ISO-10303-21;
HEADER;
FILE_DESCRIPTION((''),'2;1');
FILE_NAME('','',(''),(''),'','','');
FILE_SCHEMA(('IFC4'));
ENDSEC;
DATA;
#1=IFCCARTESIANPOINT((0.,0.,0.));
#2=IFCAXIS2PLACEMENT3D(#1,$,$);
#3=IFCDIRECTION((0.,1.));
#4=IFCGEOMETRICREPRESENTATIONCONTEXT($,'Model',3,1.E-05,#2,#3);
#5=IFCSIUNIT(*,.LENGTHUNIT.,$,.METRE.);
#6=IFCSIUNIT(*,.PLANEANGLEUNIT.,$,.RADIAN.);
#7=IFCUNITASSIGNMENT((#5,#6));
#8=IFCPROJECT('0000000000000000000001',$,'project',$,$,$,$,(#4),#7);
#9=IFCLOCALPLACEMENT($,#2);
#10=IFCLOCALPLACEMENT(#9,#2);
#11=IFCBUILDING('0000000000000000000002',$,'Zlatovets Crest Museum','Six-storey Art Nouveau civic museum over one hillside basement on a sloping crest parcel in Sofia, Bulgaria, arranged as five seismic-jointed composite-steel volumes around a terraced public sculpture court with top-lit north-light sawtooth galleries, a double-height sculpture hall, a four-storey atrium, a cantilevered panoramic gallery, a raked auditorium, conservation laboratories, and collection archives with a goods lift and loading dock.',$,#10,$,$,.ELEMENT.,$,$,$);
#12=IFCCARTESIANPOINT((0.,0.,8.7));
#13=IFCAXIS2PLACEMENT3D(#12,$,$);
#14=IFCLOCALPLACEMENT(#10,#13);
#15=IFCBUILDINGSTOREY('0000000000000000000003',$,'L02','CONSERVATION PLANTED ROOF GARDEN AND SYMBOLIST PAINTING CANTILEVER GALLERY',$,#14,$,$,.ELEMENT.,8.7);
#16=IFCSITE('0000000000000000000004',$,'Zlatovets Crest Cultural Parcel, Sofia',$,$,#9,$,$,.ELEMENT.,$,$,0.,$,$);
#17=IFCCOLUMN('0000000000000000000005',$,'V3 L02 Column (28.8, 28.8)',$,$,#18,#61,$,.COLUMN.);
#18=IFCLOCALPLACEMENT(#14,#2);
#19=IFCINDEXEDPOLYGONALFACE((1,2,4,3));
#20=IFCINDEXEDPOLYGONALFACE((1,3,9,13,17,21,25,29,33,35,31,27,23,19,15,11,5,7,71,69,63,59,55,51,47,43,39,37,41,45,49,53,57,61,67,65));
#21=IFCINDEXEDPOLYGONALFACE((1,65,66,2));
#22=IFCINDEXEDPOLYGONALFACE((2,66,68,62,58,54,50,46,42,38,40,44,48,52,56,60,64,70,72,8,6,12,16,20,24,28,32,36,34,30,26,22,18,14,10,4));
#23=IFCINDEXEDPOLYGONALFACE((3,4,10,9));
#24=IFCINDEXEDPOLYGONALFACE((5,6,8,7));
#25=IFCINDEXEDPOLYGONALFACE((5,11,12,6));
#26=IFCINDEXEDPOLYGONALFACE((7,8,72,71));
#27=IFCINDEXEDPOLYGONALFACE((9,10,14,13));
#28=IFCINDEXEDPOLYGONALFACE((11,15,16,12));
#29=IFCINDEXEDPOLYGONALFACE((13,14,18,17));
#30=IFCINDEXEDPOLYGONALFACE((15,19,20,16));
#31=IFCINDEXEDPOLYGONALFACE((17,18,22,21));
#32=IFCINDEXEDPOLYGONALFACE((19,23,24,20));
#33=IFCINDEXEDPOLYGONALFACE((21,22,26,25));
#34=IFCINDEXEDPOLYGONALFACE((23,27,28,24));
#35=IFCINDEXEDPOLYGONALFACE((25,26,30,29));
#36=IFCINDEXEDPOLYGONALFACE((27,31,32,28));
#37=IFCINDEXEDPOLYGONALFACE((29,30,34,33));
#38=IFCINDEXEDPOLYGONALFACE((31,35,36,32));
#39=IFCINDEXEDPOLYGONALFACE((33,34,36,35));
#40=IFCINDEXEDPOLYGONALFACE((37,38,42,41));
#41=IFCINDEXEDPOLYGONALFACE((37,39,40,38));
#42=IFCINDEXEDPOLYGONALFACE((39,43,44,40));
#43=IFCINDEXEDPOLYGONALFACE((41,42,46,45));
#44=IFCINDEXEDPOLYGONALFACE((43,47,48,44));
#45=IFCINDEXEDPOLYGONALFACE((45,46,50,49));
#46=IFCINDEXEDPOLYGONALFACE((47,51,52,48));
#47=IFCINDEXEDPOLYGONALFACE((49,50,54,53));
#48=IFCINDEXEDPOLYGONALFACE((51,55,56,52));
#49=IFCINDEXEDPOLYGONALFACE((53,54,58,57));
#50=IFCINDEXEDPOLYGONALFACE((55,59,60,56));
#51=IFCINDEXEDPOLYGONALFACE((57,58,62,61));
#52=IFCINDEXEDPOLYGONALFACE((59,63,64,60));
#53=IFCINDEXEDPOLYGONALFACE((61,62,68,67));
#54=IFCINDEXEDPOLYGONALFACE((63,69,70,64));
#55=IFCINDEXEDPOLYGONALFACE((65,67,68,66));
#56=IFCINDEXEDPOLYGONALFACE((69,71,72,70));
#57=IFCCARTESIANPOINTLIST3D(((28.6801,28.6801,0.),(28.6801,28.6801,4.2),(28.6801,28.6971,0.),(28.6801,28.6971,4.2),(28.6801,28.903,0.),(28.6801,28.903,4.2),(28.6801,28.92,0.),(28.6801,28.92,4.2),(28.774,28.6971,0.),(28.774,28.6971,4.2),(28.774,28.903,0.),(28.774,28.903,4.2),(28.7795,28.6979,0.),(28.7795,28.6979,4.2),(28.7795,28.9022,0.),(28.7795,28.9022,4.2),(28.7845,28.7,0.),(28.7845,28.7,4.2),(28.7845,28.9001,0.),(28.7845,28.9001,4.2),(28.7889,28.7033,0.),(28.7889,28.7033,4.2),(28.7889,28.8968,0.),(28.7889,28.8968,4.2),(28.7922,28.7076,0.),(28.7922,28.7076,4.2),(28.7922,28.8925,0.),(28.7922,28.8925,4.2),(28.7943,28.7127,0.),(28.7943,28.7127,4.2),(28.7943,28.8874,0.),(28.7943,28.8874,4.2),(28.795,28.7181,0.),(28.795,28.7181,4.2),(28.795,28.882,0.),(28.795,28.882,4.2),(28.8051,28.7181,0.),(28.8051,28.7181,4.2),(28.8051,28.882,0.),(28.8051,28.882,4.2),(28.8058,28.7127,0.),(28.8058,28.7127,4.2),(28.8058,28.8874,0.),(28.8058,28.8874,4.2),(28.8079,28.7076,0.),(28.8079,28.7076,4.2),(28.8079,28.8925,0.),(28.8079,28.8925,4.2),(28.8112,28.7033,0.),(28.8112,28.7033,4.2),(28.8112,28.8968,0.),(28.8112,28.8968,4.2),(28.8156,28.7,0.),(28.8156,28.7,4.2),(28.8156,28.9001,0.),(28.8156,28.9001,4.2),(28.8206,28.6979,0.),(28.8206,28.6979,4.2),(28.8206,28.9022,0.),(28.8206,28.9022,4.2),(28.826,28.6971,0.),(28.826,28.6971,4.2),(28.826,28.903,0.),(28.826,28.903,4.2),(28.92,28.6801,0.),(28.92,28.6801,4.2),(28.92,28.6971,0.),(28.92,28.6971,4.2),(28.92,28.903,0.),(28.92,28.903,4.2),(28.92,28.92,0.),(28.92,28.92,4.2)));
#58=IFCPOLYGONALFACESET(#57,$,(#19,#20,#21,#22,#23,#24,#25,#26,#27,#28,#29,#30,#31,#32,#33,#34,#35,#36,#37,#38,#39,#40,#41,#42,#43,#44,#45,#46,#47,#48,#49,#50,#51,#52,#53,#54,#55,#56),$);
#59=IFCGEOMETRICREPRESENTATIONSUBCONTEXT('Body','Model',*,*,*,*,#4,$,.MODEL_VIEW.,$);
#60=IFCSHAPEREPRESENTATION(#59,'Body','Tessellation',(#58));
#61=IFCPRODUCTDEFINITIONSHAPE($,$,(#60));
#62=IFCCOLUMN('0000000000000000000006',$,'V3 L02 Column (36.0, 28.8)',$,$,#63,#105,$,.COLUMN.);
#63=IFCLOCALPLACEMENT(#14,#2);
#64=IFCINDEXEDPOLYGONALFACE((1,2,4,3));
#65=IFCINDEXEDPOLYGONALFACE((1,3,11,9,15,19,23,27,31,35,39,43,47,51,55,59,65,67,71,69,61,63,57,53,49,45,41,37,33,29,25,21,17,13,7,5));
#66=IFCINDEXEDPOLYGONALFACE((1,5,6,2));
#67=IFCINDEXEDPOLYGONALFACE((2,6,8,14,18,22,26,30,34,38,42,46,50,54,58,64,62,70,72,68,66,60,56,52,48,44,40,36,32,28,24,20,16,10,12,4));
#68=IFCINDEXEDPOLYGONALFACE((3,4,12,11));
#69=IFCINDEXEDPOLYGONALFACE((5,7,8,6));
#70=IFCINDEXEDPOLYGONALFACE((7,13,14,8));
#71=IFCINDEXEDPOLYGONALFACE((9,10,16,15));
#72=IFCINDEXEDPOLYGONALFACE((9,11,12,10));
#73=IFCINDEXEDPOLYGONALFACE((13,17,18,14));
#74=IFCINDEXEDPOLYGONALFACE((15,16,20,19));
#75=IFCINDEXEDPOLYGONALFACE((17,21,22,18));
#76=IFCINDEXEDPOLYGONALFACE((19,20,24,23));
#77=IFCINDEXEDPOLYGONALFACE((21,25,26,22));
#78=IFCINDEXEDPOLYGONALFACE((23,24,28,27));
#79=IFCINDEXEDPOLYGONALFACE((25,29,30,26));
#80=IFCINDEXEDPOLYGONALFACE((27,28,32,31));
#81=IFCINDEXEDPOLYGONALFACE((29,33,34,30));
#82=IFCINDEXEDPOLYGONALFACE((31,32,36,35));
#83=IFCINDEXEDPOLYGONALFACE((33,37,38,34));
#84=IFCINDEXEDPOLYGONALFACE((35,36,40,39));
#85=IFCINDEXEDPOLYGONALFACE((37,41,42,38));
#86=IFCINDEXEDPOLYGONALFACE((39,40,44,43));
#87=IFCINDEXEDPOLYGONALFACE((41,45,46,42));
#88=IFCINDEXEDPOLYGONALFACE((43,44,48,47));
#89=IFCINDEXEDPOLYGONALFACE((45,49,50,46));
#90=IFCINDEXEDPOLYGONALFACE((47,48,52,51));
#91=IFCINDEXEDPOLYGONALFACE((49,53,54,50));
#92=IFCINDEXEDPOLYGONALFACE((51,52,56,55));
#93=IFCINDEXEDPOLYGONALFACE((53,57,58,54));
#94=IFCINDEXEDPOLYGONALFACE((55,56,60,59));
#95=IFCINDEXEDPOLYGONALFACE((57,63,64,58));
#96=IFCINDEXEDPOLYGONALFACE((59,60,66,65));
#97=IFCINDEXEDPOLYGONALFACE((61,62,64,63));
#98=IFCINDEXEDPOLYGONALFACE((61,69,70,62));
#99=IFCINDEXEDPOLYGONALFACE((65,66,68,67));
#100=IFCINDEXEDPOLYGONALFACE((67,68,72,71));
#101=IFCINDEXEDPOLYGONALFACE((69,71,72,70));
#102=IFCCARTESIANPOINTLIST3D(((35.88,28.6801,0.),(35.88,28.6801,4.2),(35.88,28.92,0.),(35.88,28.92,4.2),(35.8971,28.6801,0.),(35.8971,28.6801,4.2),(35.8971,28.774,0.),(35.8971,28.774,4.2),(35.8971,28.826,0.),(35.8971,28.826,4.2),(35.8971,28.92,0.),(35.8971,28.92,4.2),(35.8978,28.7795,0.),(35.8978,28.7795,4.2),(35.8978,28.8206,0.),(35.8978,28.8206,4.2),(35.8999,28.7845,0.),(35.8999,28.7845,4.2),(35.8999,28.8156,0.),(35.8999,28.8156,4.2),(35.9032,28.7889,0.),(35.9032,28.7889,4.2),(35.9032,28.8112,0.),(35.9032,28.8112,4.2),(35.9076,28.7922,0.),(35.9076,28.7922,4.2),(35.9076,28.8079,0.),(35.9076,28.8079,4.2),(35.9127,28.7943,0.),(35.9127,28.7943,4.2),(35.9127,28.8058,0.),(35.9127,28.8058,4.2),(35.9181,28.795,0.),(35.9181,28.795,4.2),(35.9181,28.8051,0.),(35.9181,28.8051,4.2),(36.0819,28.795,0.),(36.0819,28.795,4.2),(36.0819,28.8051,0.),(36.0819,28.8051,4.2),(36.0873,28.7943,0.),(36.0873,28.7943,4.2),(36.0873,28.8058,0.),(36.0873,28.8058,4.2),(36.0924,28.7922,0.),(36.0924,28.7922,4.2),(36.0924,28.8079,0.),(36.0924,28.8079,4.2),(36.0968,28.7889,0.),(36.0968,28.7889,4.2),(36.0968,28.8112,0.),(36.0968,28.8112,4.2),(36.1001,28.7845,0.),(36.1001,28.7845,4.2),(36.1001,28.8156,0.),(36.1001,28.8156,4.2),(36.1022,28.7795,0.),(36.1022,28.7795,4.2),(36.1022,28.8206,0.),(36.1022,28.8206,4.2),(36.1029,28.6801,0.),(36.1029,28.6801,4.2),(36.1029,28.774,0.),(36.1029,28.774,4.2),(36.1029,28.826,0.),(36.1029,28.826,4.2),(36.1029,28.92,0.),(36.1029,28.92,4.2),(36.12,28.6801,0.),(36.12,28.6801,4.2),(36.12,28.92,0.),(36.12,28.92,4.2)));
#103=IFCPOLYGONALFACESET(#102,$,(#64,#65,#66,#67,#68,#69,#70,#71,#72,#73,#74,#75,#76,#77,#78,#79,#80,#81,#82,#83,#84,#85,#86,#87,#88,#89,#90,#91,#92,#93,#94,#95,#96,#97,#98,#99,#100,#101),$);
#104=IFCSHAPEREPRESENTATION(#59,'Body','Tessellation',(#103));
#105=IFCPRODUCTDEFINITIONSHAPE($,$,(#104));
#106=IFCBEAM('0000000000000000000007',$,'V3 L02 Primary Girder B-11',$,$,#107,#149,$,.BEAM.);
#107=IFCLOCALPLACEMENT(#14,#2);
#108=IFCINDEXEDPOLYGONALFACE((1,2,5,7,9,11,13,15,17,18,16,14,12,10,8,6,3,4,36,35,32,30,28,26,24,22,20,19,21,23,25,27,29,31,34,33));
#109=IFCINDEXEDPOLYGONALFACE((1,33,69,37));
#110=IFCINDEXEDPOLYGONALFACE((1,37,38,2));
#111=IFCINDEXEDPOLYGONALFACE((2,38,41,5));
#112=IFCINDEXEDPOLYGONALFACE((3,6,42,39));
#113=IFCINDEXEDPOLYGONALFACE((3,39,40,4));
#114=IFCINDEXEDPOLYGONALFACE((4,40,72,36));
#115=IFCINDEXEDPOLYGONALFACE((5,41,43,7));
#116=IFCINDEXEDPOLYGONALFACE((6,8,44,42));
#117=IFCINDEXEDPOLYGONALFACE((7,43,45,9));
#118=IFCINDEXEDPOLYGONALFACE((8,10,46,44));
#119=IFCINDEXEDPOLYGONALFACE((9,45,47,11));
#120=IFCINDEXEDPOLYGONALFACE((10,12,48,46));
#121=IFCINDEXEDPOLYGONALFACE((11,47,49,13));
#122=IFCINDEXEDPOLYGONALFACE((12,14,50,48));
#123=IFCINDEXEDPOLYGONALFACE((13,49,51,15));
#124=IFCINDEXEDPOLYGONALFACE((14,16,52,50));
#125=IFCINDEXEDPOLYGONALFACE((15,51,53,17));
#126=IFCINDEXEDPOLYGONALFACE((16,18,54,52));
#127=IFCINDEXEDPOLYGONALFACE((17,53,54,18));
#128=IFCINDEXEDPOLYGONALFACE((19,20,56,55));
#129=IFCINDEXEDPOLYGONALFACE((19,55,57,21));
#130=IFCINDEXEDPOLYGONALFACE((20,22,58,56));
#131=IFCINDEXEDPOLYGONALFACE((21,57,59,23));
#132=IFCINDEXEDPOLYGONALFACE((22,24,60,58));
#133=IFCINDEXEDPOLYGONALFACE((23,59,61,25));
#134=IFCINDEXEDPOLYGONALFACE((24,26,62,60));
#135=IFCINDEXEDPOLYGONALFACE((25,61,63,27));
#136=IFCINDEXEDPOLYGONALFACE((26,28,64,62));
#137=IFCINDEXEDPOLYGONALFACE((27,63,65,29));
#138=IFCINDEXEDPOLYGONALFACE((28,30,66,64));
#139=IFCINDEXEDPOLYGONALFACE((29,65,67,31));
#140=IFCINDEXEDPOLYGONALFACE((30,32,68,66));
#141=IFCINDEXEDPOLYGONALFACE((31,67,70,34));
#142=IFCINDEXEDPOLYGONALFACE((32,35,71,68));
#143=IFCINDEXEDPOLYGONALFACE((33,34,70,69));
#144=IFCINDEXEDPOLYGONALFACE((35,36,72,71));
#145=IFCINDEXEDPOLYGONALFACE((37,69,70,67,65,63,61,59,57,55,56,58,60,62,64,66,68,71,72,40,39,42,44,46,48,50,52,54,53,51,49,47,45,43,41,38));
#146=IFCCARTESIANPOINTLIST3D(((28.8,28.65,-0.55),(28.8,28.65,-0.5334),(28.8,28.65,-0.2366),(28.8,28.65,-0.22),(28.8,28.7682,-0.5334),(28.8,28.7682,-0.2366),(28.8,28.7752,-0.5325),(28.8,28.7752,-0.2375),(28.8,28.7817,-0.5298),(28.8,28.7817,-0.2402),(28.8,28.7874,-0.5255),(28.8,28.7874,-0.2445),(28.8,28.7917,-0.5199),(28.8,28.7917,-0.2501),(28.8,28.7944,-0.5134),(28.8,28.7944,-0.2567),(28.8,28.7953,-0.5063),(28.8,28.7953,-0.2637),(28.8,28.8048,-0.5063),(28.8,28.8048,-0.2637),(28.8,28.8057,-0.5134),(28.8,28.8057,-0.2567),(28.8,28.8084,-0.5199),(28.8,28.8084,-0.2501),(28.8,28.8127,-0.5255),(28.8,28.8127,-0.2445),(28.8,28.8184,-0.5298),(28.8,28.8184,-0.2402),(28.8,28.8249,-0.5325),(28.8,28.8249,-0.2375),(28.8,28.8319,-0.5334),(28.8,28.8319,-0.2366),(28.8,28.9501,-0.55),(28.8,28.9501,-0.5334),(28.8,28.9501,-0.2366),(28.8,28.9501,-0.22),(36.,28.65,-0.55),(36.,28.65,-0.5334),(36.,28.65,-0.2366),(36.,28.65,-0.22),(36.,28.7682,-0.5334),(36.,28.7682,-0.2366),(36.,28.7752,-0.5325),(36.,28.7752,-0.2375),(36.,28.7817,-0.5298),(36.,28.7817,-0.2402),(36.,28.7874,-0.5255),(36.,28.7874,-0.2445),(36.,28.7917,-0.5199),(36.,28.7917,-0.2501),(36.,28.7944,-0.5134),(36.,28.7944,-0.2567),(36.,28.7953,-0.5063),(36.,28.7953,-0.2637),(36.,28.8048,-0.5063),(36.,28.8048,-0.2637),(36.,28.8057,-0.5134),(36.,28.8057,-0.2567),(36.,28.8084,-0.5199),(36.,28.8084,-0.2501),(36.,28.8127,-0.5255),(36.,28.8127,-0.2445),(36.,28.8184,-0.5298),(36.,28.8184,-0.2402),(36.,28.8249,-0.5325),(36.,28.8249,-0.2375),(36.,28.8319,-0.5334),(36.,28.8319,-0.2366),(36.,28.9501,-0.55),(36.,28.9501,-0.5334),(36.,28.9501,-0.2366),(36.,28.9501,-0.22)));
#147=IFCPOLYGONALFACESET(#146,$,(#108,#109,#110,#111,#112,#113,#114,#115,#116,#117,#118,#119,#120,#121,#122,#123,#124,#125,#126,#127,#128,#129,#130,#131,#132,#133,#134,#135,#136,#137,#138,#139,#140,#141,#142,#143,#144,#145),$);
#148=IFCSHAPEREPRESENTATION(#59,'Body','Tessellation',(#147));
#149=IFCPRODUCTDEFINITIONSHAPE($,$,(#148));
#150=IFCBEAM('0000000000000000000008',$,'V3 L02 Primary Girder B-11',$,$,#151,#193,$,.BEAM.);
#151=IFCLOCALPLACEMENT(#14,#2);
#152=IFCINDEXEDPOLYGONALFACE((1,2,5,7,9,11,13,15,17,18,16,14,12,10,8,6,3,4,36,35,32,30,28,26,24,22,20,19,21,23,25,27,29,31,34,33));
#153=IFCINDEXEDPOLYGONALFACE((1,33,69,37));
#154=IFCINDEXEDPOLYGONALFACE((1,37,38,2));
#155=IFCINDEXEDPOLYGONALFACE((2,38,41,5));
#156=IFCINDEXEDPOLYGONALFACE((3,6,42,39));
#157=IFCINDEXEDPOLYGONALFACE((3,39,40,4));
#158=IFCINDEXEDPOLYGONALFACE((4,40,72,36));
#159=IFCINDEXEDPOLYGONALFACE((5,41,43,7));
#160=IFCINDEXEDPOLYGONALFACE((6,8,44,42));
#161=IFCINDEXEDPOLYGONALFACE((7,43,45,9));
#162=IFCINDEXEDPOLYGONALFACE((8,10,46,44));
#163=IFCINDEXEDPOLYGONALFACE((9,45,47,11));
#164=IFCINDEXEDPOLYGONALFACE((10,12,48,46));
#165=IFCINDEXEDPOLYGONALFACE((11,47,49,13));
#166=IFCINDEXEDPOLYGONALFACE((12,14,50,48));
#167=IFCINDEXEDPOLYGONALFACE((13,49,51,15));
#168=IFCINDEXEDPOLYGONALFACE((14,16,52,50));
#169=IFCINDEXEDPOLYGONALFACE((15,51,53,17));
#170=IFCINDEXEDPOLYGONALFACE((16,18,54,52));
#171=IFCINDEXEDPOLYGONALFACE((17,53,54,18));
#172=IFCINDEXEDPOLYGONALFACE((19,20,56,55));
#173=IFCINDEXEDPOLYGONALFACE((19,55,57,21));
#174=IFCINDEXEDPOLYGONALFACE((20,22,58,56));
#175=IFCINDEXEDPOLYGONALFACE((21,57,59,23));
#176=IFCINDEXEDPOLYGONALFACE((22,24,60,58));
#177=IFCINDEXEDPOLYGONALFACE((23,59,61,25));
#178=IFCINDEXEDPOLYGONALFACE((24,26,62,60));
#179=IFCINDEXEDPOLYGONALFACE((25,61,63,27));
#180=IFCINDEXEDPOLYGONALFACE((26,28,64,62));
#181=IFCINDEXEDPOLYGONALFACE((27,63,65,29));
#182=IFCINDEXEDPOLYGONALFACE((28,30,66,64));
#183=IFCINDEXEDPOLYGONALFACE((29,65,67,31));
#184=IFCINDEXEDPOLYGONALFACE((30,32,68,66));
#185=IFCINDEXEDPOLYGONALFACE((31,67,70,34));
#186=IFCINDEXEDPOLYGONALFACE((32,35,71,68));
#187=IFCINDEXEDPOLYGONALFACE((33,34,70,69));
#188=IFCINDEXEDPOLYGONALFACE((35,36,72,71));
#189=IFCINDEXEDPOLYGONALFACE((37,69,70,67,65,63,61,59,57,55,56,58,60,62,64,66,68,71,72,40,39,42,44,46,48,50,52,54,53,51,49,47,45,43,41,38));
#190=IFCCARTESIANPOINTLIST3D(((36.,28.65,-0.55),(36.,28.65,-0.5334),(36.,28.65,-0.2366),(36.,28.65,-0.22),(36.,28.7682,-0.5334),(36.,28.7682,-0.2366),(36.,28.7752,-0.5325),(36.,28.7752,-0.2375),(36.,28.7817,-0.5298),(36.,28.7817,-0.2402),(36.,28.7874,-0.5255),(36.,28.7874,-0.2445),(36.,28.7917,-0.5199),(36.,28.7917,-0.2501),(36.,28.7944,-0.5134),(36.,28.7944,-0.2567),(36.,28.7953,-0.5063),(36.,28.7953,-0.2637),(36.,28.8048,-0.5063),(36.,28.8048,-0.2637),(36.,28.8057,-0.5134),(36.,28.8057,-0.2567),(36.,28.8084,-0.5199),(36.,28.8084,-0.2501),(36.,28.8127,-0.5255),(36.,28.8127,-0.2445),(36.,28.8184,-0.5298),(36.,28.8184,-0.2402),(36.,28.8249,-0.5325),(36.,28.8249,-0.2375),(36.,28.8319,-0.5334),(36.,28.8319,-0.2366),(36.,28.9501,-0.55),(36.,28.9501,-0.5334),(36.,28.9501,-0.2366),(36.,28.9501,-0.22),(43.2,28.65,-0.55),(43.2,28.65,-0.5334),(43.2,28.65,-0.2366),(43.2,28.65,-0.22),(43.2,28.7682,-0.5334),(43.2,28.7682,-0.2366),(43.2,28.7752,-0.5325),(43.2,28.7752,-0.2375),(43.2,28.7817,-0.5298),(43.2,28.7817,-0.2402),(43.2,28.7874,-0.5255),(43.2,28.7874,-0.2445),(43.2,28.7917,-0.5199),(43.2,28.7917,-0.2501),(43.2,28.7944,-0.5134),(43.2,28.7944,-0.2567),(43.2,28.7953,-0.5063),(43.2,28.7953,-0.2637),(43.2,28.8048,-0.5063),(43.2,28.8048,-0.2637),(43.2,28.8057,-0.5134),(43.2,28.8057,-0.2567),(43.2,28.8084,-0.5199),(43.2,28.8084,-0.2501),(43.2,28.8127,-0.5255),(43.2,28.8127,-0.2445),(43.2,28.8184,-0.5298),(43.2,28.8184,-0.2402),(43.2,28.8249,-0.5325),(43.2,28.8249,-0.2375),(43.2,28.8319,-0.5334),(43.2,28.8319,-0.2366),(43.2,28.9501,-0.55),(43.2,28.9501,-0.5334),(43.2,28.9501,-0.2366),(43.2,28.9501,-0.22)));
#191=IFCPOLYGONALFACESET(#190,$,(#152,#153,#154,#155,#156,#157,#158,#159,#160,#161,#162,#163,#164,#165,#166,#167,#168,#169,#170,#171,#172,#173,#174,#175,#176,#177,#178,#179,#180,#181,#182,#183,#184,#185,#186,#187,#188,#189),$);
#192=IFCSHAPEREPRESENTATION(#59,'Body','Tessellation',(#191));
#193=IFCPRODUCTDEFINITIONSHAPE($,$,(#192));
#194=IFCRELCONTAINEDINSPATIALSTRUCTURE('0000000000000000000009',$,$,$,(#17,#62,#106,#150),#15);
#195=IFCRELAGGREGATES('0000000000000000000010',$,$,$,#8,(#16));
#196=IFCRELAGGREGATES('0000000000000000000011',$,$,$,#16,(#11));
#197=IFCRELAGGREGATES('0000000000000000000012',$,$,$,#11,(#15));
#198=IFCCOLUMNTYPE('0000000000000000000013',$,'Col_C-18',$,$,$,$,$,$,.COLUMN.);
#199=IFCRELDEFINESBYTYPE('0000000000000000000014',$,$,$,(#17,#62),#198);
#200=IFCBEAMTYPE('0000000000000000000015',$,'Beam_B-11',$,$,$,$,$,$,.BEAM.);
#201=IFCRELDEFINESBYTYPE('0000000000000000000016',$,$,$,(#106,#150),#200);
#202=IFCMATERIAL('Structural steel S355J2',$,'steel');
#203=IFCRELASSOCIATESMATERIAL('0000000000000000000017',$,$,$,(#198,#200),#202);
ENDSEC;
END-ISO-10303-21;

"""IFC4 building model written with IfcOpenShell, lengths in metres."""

from ifc_helpers import new_model, si_unit, direction, frame, origin, origin_2d, place, context, subcontext, project, spatial, i_section, extrude, material, material_profile, profile_set, type_object, element, save


model = new_model("IFC4")

# Units and contexts
model_context = context("Model", 3, precision=1e-05, world=origin(), true_north=direction((0.0, 1.0)))
body_context = subcontext(model_context, "Body", "Model", "MODEL_VIEW")
ifc_project = project(units=[si_unit("LENGTHUNIT", "METRE"), si_unit("PLANEANGLEUNIT", "RADIAN")], contexts=[model_context])

# Site, building, storey
site_placement = place(None, origin())
site = spatial("IfcSite", under=ifc_project, at=site_placement, Name="Zlatovets Crest Cultural Parcel, Sofia", CompositionType="ELEMENT", RefElevation=0.0)
building_placement = place(site_placement, origin())
building = spatial("IfcBuilding", under=site, at=building_placement, Name="Zlatovets Crest Museum", Description="Six-storey Art Nouveau civic museum over one hillside basement on a sloping crest parcel in Sofia, Bulgaria, arranged as five seismic-jointed composite-steel volumes around a terraced public sculpture court with top-lit north-light sawtooth galleries, a double-height sculpture hall, a four-storey atrium, a cantilevered panoramic gallery, a raked auditorium, conservation laboratories, and collection archives with a goods lift and loading dock.", CompositionType="ELEMENT")
storey_placement = place(building_placement, frame((0.0, 0.0, 8.7)))
storey = spatial("IfcBuildingStorey", under=building, at=storey_placement, Name="L02", Description="CONSERVATION PLANTED ROOF GARDEN AND SYMBOLIST PAINTING CANTILEVER GALLERY", CompositionType="ELEMENT", Elevation=8.7)

# Columns
ifc_material_1 = material(Name="Structural steel S355J2", Category="steel")
ifc_material_profile_1 = material_profile(ifc_material_1, i_section(OverallWidth=0.24, OverallDepth=0.24, WebThickness=0.01, FlangeThickness=0.0171, FilletRadius=0.021, at=origin_2d()), Name="HEB 240")
ifc_profile_set_1 = profile_set([ifc_material_profile_1], Name="Structural steel S355J2")
column_type = type_object("IfcColumnType", Name="Col_C-18", PredefinedType="COLUMN", material=ifc_profile_set_1)
for number, where, z_axis, x_axis, name in (
    (1, (28.8, 28.8, 0.0), (0.0, 0.0, 1.0), (1.0, 0.0, 0.0), "V3 L02 Column (28.8, 28.8)"),
    (2, (36.0, 28.8, 0.0), (0.0, 0.0, 1.0), (0.0, 1.0, 0.0), "V3 L02 Column (36.0, 28.8)"),
):
    element("IfcColumn", number, at=place(storey_placement, frame(where, z_axis=z_axis, x_axis=x_axis)), inside=storey, type_object=column_type, Name=name, PredefinedType="COLUMN", context=body_context, shape_type="SweptSolid", body=[
        extrude(i_section(OverallWidth=0.24, OverallDepth=0.24, WebThickness=0.01, FlangeThickness=0.0171, FilletRadius=0.021, at=origin_2d()), origin(), (0.0, 0.0, 1.0), 4.2),
    ])

# Beams
ifc_material_profile_2 = material_profile(ifc_material_1, i_section(OverallWidth=0.3, OverallDepth=0.3301, WebThickness=0.0095, FlangeThickness=0.0166, FilletRadius=0.0271, at=origin_2d()), Name="HEA 340")
ifc_profile_set_2 = profile_set([ifc_material_profile_2], Name="Structural steel S355J2")
beam_type_1 = type_object("IfcBeamType", Name="Beam_B-11", PredefinedType="BEAM", material=ifc_profile_set_2)
for number, where, z_axis, x_axis, name in (
    (3, (28.8, 28.8, -0.385), (1.0, 0.0, 0.0), (0.0, 1.0, 0.0), "V3 L02 Primary Girder B-11"),
    (4, (36.0, 28.8, -0.385), (1.0, 0.0, 0.0), (0.0, 1.0, 0.0), "V3 L02 Primary Girder B-11"),
):
    element("IfcBeam", number, at=place(storey_placement, frame(where, z_axis=z_axis, x_axis=x_axis)), inside=storey, type_object=beam_type_1, Name=name, PredefinedType="BEAM", context=body_context, shape_type="SweptSolid", body=[
        extrude(i_section(OverallWidth=0.3, OverallDepth=0.3301, WebThickness=0.0095, FlangeThickness=0.0166, FilletRadius=0.0271, at=origin_2d()), origin(), (0.0, 0.0, 1.0), 7.2),
    ])

save(model, "model.ifc")
